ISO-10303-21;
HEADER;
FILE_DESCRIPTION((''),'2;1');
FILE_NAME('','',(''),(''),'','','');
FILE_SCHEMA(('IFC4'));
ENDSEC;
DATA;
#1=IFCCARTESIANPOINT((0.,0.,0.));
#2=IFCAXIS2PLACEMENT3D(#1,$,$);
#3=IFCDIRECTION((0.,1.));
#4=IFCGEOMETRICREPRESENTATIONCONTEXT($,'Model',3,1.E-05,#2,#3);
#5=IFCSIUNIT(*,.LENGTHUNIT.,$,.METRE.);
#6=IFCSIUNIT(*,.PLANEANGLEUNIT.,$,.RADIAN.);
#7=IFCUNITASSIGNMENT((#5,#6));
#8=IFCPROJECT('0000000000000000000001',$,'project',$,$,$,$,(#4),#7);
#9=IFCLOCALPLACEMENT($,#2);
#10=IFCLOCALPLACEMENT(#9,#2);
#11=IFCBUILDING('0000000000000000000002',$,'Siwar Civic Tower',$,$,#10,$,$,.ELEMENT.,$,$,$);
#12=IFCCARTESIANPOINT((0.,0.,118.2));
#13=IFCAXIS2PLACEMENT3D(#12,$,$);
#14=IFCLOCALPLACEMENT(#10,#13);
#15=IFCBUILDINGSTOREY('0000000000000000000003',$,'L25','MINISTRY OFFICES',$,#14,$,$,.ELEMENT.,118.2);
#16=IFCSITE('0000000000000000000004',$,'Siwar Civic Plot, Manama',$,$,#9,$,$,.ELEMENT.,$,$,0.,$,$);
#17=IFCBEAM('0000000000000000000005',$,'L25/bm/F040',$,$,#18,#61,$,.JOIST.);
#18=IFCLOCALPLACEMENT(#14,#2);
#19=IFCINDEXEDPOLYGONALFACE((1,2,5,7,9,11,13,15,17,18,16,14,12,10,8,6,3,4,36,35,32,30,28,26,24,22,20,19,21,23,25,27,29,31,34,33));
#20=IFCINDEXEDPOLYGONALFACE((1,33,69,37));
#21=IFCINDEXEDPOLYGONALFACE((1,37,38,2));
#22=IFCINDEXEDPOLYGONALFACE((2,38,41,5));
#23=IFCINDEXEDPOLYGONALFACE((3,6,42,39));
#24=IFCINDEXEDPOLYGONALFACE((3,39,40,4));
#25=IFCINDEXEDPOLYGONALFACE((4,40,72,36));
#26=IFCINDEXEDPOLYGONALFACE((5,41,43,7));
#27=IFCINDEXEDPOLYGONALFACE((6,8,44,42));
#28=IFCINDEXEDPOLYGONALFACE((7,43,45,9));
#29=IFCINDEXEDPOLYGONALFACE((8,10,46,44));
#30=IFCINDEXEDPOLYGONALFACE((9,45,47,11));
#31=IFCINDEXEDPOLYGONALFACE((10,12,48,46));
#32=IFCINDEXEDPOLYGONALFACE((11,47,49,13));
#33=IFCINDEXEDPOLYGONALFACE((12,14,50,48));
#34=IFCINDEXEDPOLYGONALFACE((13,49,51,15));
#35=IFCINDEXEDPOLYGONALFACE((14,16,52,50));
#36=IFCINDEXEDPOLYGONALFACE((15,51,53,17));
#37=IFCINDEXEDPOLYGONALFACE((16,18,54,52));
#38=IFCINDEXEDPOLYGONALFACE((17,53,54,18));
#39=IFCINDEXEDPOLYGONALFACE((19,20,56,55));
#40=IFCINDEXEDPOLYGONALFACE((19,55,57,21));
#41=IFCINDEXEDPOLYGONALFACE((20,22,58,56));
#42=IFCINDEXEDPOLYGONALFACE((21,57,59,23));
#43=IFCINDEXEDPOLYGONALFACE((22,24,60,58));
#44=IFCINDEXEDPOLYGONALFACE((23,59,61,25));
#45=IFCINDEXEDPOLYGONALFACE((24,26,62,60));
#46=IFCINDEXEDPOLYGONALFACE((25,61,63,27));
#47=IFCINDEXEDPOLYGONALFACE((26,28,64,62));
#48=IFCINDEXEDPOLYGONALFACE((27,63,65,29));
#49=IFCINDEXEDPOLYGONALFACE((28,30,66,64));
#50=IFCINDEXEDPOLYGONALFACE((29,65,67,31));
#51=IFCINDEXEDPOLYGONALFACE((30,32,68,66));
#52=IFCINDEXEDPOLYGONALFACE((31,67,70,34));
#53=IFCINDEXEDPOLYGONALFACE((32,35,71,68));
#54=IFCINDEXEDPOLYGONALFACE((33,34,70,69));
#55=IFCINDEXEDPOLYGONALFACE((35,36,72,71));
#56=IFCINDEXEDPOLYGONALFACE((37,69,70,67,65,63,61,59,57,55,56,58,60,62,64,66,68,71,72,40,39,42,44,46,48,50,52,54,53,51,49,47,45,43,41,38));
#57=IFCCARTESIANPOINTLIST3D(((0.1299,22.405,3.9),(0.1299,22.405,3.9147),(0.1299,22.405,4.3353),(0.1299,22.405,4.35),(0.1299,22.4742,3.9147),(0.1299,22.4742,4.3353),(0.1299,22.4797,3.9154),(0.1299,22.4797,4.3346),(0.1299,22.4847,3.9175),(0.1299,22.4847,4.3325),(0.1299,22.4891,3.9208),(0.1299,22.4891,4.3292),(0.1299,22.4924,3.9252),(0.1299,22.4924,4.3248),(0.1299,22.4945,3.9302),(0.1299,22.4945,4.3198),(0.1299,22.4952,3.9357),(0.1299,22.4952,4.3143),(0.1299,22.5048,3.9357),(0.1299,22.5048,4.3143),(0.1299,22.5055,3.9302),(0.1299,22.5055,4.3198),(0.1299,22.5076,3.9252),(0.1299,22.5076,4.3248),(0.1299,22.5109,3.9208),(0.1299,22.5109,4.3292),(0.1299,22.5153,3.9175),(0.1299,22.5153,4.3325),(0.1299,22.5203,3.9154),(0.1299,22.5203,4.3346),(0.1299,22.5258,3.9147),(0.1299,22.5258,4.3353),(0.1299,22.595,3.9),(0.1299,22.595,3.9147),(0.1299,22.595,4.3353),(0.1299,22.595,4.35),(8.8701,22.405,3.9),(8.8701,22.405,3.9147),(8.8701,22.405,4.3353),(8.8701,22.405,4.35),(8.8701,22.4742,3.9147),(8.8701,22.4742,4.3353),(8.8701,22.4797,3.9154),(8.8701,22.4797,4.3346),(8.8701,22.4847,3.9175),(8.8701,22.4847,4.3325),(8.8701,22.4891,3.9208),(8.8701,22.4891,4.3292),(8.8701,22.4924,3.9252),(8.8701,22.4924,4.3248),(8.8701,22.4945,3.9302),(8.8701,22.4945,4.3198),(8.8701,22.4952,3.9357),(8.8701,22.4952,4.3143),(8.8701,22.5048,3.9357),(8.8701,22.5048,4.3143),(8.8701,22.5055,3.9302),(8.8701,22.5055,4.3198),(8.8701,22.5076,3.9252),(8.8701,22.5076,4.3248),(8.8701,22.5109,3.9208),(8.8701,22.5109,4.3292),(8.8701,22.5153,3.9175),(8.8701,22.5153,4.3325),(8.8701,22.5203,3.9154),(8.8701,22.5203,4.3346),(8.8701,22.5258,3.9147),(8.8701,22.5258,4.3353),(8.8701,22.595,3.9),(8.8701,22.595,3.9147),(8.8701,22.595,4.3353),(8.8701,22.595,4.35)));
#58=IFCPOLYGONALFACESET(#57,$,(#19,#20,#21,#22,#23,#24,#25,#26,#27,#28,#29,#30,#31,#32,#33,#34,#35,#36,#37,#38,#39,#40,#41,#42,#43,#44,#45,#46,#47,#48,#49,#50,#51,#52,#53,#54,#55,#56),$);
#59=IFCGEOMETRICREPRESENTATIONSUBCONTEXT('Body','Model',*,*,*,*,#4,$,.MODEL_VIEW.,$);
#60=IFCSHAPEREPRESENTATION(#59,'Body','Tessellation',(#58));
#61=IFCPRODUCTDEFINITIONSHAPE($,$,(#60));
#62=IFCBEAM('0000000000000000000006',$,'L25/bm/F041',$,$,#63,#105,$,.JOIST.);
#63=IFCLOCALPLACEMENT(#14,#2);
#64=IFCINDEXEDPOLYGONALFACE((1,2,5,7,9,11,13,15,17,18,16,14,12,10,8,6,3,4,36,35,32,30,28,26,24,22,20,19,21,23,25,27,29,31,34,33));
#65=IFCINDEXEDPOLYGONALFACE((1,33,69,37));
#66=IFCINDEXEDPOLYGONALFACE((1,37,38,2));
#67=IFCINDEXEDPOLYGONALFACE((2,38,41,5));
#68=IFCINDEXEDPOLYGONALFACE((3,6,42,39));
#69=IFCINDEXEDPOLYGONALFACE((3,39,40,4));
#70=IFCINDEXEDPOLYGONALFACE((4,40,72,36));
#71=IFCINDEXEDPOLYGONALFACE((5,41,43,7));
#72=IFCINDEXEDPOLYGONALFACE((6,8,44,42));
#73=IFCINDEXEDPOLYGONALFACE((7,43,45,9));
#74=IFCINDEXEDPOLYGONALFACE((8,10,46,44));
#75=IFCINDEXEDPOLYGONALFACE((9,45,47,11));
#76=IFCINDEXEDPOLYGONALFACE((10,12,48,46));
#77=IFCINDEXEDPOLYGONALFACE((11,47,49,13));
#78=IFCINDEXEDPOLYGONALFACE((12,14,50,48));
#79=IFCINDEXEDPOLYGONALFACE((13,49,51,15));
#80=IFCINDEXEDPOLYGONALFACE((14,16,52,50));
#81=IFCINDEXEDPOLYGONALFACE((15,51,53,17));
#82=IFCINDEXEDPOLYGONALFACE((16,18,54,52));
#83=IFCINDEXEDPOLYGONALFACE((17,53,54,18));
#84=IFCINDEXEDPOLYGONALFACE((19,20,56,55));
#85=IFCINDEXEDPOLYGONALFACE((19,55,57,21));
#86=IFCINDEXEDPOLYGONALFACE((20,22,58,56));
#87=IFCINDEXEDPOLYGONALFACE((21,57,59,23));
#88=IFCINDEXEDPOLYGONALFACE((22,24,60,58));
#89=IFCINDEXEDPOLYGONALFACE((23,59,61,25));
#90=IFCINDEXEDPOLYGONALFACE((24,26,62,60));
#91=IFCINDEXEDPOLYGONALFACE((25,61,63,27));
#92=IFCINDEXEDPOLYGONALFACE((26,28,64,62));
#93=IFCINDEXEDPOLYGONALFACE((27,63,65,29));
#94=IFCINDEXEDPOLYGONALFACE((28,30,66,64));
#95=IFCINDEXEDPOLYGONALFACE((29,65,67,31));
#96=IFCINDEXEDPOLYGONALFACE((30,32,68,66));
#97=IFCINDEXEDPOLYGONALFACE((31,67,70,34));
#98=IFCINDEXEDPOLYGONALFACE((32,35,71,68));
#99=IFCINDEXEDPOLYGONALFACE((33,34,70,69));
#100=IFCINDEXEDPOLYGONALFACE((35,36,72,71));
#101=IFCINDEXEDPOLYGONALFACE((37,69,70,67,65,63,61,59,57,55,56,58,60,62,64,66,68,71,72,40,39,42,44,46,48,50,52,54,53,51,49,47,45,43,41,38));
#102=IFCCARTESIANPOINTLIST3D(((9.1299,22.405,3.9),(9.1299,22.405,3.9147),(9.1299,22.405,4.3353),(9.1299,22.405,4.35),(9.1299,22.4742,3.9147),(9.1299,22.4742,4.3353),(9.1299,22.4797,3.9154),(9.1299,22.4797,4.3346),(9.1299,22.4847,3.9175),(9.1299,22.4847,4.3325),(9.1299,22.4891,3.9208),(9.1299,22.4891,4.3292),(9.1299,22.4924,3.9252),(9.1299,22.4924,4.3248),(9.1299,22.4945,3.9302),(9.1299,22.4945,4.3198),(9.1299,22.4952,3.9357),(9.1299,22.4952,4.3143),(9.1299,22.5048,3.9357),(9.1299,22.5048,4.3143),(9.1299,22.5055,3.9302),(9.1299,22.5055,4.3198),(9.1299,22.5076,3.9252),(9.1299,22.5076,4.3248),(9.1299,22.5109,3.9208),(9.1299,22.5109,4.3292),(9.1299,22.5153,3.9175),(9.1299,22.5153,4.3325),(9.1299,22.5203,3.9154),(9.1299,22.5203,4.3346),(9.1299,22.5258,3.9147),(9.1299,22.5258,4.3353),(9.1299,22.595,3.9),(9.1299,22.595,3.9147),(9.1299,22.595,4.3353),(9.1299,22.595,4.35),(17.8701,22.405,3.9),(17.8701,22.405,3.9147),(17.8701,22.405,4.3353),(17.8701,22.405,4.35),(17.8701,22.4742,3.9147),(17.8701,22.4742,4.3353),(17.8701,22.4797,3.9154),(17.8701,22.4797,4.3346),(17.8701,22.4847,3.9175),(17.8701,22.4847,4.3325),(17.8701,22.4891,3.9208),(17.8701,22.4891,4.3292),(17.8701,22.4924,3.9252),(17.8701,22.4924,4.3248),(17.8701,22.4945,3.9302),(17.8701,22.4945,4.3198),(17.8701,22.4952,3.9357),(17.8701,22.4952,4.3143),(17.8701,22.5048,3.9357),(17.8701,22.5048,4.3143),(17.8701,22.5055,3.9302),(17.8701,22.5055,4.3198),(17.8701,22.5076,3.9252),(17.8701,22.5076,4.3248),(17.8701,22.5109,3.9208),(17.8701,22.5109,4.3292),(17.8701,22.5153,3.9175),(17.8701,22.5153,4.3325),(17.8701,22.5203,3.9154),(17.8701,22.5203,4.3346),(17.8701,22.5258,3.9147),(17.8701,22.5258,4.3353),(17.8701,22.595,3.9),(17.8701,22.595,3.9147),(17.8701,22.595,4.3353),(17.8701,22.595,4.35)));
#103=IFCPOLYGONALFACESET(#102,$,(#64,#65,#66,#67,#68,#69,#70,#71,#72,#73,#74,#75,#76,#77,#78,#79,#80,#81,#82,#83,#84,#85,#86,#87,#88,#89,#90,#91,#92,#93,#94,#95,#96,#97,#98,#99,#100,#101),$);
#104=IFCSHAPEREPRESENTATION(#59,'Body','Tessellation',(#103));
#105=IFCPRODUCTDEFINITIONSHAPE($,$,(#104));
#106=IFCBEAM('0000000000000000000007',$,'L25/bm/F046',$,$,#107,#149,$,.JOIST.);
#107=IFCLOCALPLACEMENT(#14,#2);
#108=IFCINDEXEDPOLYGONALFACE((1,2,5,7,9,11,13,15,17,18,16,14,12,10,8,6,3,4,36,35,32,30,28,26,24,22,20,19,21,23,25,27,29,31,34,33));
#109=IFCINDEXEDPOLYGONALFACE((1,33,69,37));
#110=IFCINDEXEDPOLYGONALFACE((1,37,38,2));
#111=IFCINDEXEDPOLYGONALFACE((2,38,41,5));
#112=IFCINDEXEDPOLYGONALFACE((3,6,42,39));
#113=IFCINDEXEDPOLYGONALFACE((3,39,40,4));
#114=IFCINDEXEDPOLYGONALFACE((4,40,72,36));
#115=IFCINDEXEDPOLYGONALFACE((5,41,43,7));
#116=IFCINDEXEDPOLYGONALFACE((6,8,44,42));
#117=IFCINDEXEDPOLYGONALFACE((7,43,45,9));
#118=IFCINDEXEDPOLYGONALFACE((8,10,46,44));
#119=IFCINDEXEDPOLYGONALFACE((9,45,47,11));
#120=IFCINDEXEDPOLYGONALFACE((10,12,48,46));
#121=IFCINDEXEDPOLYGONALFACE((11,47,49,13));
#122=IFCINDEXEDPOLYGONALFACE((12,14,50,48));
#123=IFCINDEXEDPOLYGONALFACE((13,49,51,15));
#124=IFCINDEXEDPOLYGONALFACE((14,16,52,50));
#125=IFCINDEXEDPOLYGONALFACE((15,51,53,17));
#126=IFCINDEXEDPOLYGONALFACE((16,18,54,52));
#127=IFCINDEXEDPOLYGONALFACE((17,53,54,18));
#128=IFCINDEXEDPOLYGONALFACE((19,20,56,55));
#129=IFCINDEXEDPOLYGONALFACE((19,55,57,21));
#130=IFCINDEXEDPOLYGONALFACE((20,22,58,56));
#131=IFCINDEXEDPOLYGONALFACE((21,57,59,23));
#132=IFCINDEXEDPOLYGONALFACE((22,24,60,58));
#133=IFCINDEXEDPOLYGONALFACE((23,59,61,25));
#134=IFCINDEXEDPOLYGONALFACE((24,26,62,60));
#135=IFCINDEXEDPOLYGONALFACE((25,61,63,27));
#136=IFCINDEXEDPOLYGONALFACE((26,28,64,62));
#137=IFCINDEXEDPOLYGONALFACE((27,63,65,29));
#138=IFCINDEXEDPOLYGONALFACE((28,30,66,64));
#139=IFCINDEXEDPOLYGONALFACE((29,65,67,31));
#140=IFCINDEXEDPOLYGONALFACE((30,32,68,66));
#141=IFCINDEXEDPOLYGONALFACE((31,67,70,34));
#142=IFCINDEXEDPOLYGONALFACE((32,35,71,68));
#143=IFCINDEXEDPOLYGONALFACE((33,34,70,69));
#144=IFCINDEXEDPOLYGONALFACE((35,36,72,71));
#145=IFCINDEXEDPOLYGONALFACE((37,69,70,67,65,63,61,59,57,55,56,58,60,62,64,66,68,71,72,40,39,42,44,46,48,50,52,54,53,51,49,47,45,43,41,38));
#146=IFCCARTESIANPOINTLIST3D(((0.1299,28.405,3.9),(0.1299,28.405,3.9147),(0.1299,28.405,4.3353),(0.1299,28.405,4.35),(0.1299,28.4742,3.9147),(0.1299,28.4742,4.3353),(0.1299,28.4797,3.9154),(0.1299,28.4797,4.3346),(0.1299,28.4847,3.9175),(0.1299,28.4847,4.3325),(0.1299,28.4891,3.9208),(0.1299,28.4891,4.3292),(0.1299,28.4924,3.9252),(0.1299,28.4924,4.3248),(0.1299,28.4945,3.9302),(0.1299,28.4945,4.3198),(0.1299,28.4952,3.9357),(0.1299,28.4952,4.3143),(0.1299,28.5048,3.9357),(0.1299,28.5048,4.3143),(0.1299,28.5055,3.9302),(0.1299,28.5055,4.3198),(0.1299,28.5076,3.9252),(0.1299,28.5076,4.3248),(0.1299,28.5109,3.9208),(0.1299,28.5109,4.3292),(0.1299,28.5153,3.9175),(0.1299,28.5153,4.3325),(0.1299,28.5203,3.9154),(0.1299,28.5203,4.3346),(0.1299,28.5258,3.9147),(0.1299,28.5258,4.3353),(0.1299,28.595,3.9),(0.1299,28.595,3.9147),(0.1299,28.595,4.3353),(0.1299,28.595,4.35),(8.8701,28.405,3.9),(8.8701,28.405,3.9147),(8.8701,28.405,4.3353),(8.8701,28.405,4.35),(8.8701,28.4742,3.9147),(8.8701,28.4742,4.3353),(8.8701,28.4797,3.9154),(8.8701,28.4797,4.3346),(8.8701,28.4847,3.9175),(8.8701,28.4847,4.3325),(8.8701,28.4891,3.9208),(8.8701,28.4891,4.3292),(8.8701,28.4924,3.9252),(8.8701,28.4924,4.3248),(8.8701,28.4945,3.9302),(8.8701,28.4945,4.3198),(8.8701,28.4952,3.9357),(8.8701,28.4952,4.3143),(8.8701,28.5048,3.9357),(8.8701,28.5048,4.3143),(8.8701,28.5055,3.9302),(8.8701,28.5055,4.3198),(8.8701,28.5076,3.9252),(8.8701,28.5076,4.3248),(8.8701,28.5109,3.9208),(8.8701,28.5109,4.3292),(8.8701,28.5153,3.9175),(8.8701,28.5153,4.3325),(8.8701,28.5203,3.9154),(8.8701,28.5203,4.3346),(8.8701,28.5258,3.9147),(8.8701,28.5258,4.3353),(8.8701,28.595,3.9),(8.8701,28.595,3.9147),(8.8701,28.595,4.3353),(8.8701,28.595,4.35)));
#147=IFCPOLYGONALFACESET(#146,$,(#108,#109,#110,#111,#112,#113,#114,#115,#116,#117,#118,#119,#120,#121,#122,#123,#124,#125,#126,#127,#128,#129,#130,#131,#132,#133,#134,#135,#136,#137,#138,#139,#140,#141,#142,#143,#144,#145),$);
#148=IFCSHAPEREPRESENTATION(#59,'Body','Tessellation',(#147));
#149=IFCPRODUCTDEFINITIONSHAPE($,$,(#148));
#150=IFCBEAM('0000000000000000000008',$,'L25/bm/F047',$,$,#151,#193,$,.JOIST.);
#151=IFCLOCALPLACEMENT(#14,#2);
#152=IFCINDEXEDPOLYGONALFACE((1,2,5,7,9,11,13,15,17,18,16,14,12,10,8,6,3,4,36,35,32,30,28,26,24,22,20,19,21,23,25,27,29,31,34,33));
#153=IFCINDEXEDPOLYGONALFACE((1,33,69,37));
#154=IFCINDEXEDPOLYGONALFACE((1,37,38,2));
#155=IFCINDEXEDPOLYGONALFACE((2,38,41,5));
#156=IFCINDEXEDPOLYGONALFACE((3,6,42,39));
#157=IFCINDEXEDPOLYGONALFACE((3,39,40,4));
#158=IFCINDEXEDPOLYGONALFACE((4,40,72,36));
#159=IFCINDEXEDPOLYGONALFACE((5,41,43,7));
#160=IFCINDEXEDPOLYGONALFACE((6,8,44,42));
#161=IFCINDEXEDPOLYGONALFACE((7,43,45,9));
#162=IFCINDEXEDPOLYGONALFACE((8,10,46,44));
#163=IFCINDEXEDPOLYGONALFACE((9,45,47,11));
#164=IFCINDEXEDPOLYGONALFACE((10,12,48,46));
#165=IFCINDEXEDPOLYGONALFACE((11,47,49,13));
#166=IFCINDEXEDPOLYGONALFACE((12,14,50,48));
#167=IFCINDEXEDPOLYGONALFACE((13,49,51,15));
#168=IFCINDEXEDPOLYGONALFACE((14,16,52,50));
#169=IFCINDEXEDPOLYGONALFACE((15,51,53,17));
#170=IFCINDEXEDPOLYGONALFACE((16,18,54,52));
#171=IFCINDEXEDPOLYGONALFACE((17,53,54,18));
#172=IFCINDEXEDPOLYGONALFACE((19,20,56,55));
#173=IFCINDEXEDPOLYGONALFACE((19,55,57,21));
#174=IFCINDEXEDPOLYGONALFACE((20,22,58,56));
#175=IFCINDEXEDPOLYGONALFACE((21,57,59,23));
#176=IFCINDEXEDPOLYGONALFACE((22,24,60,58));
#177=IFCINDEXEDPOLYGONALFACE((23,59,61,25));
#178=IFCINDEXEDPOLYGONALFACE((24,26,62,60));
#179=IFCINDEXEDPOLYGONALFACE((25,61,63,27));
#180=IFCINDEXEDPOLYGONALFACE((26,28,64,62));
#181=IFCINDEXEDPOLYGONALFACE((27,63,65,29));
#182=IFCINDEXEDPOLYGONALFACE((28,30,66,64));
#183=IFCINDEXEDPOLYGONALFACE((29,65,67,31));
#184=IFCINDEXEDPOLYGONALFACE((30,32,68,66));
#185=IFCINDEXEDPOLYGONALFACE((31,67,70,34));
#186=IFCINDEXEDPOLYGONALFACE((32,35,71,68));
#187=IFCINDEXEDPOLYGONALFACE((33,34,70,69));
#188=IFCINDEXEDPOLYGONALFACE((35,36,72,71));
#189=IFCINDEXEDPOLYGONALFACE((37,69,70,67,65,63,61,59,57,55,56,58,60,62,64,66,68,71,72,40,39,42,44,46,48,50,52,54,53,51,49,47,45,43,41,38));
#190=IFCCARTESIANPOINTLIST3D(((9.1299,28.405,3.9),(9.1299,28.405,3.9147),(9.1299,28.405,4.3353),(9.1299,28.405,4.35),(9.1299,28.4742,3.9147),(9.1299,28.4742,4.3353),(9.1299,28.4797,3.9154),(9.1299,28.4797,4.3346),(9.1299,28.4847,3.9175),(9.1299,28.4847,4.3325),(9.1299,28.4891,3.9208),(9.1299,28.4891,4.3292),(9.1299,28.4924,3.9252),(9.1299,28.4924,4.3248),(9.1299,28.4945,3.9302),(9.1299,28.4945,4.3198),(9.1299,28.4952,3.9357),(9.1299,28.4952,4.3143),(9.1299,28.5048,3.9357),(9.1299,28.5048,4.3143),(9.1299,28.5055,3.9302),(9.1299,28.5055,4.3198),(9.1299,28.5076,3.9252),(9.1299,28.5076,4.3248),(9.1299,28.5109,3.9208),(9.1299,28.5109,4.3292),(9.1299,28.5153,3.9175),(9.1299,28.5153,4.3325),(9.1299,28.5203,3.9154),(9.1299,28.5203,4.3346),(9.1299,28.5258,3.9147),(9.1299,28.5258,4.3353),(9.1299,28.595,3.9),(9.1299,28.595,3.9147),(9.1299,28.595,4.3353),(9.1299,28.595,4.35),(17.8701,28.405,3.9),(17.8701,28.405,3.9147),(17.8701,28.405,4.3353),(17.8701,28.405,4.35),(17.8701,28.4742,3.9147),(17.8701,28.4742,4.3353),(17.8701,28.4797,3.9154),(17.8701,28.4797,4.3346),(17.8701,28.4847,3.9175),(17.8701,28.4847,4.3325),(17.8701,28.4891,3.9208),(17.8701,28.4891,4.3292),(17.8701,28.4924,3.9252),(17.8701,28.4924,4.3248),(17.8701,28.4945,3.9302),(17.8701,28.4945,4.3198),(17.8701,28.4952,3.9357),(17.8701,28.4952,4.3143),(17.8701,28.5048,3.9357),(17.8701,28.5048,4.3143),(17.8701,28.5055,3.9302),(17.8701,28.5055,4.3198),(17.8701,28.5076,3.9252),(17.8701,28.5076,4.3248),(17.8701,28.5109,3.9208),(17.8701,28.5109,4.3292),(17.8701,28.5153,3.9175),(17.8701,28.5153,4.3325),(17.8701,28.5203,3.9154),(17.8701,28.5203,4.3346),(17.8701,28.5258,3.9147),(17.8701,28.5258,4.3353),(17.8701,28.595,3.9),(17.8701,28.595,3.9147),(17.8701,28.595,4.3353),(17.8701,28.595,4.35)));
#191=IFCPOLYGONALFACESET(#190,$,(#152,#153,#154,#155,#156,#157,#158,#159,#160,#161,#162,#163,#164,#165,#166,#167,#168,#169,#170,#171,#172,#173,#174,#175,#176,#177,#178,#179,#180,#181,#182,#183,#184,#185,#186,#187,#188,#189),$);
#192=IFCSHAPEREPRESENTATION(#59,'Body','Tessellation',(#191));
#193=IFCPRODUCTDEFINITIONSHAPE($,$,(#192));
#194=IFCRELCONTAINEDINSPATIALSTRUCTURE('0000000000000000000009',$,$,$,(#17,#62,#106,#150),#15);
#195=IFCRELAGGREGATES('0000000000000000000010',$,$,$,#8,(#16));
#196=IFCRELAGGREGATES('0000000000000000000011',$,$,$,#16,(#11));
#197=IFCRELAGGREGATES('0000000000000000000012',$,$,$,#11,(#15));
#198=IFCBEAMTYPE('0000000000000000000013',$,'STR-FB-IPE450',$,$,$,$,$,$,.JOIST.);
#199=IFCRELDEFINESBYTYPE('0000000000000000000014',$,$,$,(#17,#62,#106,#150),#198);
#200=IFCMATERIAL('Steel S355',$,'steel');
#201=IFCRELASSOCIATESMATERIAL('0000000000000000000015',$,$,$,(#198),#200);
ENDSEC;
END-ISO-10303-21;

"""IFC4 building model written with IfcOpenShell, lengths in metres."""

from ifc_helpers import new_model, si_unit, direction, frame, origin, origin_2d, place, context, subcontext, project, spatial, i_section, extrude, material, material_profile, profile_set, type_object, element, save


model = new_model("IFC4")

# Units and contexts
model_context = context("Model", 3, precision=1e-05, world=origin(), true_north=direction((0.0, 1.0)))
body_context = subcontext(model_context, "Body", "Model", "MODEL_VIEW")
ifc_project = project(units=[si_unit("LENGTHUNIT", "METRE"), si_unit("PLANEANGLEUNIT", "RADIAN")], contexts=[model_context])

# Site, building, storey
site_placement = place(None, origin())
site = spatial("IfcSite", under=ifc_project, at=site_placement, Name="Siwar Civic Plot, Manama", CompositionType="ELEMENT", RefElevation=0.0)
building_placement = place(site_placement, origin())
building = spatial("IfcBuilding", under=site, at=building_placement, Name="Siwar Civic Tower", CompositionType="ELEMENT")
storey_placement = place(building_placement, frame((0.0, 0.0, 118.2)))
storey = spatial("IfcBuildingStorey", under=building, at=storey_placement, Name="L25", Description="MINISTRY OFFICES", CompositionType="ELEMENT", Elevation=118.2)

# Beams
ifc_material_1 = material(Name="Steel S355", Category="steel")
ifc_material_profile_1 = material_profile(ifc_material_1, i_section(OverallWidth=0.1899, OverallDepth=0.45, WebThickness=0.0095, FlangeThickness=0.0146, FilletRadius=0.021, at=origin_2d()), Name="IPE450")
ifc_profile_set_1 = profile_set([ifc_material_profile_1], Name="Steel S355")
beam_type_1 = type_object("IfcBeamType", Name="STR-FB-IPE450", PredefinedType="JOIST", material=ifc_profile_set_1)
for number, where, z_axis, x_axis, name in (
    (1, (0.1299, 22.5, 4.125), (1.0, 0.0, 0.0), (0.0, 1.0, 0.0), "L25/bm/F040"),
    (2, (9.1299, 22.5, 4.125), (1.0, 0.0, 0.0), (0.0, 1.0, 0.0), "L25/bm/F041"),
    (3, (0.1299, 28.5, 4.125), (1.0, 0.0, 0.0), (0.0, 1.0, 0.0), "L25/bm/F046"),
    (4, (9.1299, 28.5, 4.125), (1.0, 0.0, 0.0), (0.0, 1.0, 0.0), "L25/bm/F047"),
):
    element("IfcBeam", number, at=place(storey_placement, frame(where, z_axis=z_axis, x_axis=x_axis)), inside=storey, type_object=beam_type_1, Name=name, PredefinedType="JOIST", context=body_context, shape_type="SweptSolid", body=[
        extrude(i_section(OverallWidth=0.1899, OverallDepth=0.45, WebThickness=0.0095, FlangeThickness=0.0146, FilletRadius=0.021, at=origin_2d()), origin(), (0.0, 0.0, 1.0), 8.7402),
    ])

save(model, "model.ifc")
